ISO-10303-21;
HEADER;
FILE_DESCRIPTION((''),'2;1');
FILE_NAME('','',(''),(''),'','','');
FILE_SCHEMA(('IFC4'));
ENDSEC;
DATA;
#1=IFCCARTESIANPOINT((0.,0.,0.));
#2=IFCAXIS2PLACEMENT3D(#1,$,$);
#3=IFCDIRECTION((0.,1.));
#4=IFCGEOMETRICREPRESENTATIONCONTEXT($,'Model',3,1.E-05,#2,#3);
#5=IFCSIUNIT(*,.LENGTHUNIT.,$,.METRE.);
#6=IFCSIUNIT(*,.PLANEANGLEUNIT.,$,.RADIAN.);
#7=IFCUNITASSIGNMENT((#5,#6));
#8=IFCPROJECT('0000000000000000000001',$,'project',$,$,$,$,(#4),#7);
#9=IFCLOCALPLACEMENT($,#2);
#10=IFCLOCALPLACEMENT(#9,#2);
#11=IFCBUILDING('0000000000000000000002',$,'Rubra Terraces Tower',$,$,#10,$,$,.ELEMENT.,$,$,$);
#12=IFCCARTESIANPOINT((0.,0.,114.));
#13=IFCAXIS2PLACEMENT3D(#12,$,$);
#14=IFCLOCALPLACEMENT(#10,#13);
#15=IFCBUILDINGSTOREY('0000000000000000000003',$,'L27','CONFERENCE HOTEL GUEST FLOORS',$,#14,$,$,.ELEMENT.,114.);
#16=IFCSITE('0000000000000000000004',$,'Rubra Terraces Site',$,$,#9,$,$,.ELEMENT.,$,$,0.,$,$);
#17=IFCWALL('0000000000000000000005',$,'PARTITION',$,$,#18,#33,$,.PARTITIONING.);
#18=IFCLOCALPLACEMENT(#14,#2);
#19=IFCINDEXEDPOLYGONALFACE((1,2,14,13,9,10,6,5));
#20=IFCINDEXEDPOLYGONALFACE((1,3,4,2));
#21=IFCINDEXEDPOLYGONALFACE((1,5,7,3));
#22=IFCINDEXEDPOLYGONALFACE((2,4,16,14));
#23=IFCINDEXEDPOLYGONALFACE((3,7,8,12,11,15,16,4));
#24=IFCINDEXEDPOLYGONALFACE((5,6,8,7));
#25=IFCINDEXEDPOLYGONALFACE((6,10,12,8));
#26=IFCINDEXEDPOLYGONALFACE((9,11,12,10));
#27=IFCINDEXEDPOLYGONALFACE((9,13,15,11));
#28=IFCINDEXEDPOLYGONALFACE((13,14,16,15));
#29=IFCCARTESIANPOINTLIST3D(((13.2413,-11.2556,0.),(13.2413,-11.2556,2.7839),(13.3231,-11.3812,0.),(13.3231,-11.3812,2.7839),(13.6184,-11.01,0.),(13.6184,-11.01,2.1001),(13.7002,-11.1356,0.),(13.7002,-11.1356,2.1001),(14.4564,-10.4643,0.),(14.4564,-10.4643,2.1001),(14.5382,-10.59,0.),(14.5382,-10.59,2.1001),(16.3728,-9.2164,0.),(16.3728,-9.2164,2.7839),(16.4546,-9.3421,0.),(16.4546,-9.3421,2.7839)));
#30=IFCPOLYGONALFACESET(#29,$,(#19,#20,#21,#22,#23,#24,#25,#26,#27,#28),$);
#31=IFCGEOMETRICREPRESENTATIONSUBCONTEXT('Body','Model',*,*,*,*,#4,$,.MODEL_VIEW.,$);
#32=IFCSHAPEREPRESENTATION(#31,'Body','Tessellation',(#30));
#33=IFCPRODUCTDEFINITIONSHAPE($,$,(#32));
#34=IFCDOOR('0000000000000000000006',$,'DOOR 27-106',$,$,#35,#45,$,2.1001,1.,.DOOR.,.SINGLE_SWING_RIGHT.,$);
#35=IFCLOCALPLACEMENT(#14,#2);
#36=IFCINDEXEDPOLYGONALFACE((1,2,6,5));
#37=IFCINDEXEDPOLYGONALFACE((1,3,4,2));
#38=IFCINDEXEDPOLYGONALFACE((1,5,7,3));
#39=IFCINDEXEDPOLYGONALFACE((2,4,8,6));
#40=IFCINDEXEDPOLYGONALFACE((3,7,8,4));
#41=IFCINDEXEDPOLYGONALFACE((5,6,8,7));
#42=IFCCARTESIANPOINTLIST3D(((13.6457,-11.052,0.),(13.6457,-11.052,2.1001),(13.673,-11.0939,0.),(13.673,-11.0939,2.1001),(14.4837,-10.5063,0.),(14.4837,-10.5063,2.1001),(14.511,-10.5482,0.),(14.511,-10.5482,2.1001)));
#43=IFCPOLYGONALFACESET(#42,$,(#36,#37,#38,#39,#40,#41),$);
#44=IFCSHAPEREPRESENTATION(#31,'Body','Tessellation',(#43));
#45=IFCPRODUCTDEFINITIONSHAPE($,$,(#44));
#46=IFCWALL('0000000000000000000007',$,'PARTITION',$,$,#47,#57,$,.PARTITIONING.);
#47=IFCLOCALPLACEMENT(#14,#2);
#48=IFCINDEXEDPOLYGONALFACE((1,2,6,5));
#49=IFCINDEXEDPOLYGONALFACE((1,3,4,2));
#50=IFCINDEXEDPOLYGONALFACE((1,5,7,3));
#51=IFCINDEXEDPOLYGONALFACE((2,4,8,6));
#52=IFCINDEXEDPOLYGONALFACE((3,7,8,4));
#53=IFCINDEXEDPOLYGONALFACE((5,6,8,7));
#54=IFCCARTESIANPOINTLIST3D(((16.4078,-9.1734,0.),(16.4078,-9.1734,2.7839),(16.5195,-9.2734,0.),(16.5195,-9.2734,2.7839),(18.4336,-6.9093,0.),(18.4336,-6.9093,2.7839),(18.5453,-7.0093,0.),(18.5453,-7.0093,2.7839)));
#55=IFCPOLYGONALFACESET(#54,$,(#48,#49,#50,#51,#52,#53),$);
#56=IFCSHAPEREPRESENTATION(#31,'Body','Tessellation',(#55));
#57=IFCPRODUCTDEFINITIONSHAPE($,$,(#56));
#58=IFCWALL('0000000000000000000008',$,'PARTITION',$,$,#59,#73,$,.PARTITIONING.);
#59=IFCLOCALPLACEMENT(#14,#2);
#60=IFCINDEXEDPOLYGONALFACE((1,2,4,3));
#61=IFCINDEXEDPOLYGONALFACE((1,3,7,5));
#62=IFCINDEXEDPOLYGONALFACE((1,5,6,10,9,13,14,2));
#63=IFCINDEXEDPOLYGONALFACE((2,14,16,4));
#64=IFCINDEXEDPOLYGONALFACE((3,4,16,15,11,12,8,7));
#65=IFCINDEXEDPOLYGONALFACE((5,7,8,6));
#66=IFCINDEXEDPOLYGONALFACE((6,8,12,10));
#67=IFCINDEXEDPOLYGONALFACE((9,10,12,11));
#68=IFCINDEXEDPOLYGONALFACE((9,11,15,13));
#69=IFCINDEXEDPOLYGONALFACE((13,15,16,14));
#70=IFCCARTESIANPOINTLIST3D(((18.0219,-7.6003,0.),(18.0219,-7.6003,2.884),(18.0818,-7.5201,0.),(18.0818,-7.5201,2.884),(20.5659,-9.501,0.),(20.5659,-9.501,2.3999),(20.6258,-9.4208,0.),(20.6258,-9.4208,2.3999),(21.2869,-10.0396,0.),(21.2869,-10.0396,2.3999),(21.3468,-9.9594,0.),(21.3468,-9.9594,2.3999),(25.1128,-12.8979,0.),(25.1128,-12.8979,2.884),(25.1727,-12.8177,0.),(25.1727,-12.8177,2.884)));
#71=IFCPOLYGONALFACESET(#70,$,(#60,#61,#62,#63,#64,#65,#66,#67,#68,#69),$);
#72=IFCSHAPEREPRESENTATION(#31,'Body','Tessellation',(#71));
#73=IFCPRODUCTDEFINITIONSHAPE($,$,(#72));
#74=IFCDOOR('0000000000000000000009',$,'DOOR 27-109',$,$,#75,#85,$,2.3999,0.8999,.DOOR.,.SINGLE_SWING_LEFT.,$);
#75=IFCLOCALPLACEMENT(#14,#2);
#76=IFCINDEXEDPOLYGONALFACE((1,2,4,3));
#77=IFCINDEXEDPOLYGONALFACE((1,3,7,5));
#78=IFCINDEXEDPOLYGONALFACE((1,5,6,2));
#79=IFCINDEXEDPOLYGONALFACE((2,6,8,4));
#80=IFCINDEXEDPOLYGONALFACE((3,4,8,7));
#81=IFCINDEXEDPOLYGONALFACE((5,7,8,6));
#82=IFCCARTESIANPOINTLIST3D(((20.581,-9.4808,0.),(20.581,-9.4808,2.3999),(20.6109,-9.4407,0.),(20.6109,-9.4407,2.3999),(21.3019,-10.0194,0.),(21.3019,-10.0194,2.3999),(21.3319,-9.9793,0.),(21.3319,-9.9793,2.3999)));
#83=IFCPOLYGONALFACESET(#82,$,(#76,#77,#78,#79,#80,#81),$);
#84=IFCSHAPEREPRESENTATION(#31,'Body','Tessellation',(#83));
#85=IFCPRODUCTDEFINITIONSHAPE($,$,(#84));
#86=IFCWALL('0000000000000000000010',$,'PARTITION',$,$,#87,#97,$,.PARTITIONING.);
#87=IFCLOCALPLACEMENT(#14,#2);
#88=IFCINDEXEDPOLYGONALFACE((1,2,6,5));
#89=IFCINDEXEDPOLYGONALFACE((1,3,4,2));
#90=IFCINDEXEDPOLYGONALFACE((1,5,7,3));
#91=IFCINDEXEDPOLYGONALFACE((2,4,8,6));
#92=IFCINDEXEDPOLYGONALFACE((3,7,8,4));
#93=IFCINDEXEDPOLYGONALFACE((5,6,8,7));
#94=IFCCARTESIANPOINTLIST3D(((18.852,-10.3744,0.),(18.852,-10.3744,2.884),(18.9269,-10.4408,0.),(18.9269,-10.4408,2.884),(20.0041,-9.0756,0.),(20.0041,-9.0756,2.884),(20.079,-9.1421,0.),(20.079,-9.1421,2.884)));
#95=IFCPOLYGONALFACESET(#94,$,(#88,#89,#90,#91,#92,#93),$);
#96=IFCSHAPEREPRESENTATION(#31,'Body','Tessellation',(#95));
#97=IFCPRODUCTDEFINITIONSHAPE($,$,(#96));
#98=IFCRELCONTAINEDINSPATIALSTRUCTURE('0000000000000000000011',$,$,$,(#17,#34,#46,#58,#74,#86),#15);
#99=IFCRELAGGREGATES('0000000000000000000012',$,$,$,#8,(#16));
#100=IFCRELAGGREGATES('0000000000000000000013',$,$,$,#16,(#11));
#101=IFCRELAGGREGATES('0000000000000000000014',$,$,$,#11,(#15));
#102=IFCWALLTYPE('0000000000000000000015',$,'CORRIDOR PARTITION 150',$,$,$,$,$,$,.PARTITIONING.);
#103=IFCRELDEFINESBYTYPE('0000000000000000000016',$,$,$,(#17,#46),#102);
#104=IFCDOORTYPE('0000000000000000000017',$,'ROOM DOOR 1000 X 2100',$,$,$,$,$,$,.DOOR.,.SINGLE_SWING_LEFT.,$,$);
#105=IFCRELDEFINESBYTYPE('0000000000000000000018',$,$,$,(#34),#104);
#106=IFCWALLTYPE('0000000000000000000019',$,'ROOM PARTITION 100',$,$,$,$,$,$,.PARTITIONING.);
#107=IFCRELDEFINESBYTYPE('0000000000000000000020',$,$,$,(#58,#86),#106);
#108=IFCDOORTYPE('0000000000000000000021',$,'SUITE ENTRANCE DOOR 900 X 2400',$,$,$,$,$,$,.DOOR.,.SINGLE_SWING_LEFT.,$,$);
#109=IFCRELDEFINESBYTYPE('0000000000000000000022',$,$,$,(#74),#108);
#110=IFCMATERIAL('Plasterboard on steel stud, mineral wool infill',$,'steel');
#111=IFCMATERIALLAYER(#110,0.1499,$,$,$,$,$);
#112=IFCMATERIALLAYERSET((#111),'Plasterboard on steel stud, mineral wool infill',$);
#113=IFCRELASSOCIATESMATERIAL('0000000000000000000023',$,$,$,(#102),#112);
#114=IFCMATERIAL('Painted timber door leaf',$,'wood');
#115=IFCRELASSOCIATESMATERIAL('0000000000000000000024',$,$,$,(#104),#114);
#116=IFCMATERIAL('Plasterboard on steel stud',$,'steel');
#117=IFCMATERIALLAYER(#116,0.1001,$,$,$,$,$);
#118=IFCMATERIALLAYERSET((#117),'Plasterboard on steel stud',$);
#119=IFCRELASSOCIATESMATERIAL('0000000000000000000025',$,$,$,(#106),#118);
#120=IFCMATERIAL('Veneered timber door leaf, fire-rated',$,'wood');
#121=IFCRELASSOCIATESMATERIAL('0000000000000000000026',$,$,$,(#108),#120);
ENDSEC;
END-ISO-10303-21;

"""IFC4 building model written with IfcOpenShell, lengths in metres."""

from ifc_helpers import new_model, si_unit, direction, frame, frame_2d, origin, place, context, subcontext, project, spatial, rectangle, extrude, material, layer, layer_set, type_object, element, fill, save


model = new_model("IFC4")

# Units and contexts
model_context = context("Model", 3, precision=1e-05, world=origin(), true_north=direction((0.0, 1.0)))
body_context = subcontext(model_context, "Body", "Model", "MODEL_VIEW")
ifc_project = project(units=[si_unit("LENGTHUNIT", "METRE"), si_unit("PLANEANGLEUNIT", "RADIAN")], contexts=[model_context])

# Site, building, storey
site_placement = place(None, origin())
site = spatial("IfcSite", under=ifc_project, at=site_placement, Name="Rubra Terraces Site", CompositionType="ELEMENT", RefElevation=0.0)
building_placement = place(site_placement, origin())
building = spatial("IfcBuilding", under=site, at=building_placement, Name="Rubra Terraces Tower", CompositionType="ELEMENT")
storey_placement = place(building_placement, frame((0.0, 0.0, 114.0)))
storey = spatial("IfcBuildingStorey", under=building, at=storey_placement, Name="L27", Description="CONFERENCE HOTEL GUEST FLOORS", CompositionType="ELEMENT", Elevation=114.0)

# Wall, opening, door
ifc_material_1 = material(Name="Plasterboard on steel stud, mineral wool infill", Category="steel")
ifc_layer_1 = layer(ifc_material_1, 0.1499)
ifc_layer_set_1 = layer_set([ifc_layer_1], Name="Plasterboard on steel stud, mineral wool infill")
wall_type_1 = type_object("IfcWallType", Name="CORRIDOR PARTITION 150", PredefinedType="PARTITIONING", material=ifc_layer_set_1)
wall_1_placement = place(storey_placement, frame((13.2822, -11.3184, 0.0), z_axis=(0.0, 0.0, 1.0), x_axis=(0.837993, 0.545682, 0.0)))
wall_1 = element("IfcWall", 1, at=wall_1_placement, inside=storey, type_object=wall_type_1, Name="PARTITION", PredefinedType="PARTITIONING", context=body_context, shape_type="SweptSolid", body=[
    extrude(rectangle(XDim=3.7368, YDim=0.1499, at=frame_2d((1.8684, 0.0))), origin(), (0.0, 0.0, 1.0), 2.7839),
])
opening_1_placement = place(wall_1_placement, frame((0.45, 0.0, 0.0)))
opening_1 = element("IfcOpeningElement", 2, at=opening_1_placement, cuts=wall_1, PredefinedType="OPENING", context=body_context, shape_type="SweptSolid", body=[
    extrude(rectangle(XDim=1.0, YDim=2.1001, at=frame_2d((0.5, 1.05))), frame((0.0, 0.085, 0.0), z_axis=(0.0, -1.0, 0.0), x_axis=(1.0, 0.0, 0.0)), (0.0, 0.0, 1.0), 0.1699),
])
ifc_material_2 = material(Name="Painted timber door leaf", Category="wood")
door_type_1 = type_object("IfcDoorType", Name="ROOM DOOR 1000 X 2100", OperationType="SINGLE_SWING_LEFT", PredefinedType="DOOR", material=ifc_material_2)
door_1_placement = place(opening_1_placement, origin())
door_1 = element("IfcDoor", 3, at=door_1_placement, inside=storey, type_object=door_type_1, Name="DOOR 27-106", OperationType="SINGLE_SWING_RIGHT", OverallHeight=2.1001, OverallWidth=1.0, PredefinedType="DOOR", context=body_context, shape_type="SweptSolid", body=[
    extrude(rectangle(XDim=1.0, YDim=2.1001, at=frame_2d((0.5, 1.05))), frame((0.0, 0.0249, 0.0), z_axis=(0.0, -1.0, 0.0), x_axis=(1.0, 0.0, 0.0)), (0.0, 0.0, 1.0), 0.05),
])
fill(opening_1, door_1)

# Wall
wall_2_placement = place(storey_placement, frame((16.4636, -9.2234, 0.0), z_axis=(0.0, 0.0, 1.0), x_axis=(0.666804, 0.745233, 0.0)))
element("IfcWall", 4, at=wall_2_placement, inside=storey, type_object=wall_type_1, Name="PARTITION", PredefinedType="PARTITIONING", context=body_context, shape_type="SweptSolid", body=[
    extrude(rectangle(XDim=3.0381, YDim=0.1499, at=frame_2d((1.519, 0.0))), origin(), (0.0, 0.0, 1.0), 2.7839),
])

# Wall, opening, door
ifc_material_3 = material(Name="Plasterboard on steel stud", Category="steel")
ifc_layer_2 = layer(ifc_material_3, 0.1001)
ifc_layer_set_2 = layer_set([ifc_layer_2], Name="Plasterboard on steel stud")
wall_type_2 = type_object("IfcWallType", Name="ROOM PARTITION 100", PredefinedType="PARTITIONING", material=ifc_layer_set_2)
wall_3_placement = place(storey_placement, frame((25.1428, -12.8579, 0.0), z_axis=(0.0, 0.0, 1.0), x_axis=(-0.801111, 0.598516, 0.0)))
wall_3 = element("IfcWall", 5, at=wall_3_placement, inside=storey, type_object=wall_type_2, Name="PARTITION", PredefinedType="PARTITIONING", context=body_context, shape_type="SweptSolid", body=[
    extrude(rectangle(XDim=8.8513, YDim=0.1001, at=frame_2d((4.4258, 0.0))), origin(), (0.0, 0.0, 1.0), 2.884),
])
opening_2_placement = place(wall_3_placement, frame((4.7759, 0.0, 0.0)))
opening_2 = element("IfcOpeningElement", 6, at=opening_2_placement, cuts=wall_3, PredefinedType="OPENING", context=body_context, shape_type="SweptSolid", body=[
    extrude(rectangle(XDim=0.8999, YDim=2.3999, at=frame_2d((0.45, 1.2))), frame((0.0, 0.0601, 0.0), z_axis=(0.0, -1.0, 0.0), x_axis=(1.0, 0.0, 0.0)), (0.0, 0.0, 1.0), 0.1201),
])
ifc_material_4 = material(Name="Veneered timber door leaf, fire-rated", Category="wood")
door_type_2 = type_object("IfcDoorType", Name="SUITE ENTRANCE DOOR 900 X 2400", OperationType="SINGLE_SWING_LEFT", PredefinedType="DOOR", material=ifc_material_4)
door_2_placement = place(opening_2_placement, origin())
door_2 = element("IfcDoor", 7, at=door_2_placement, inside=storey, type_object=door_type_2, Name="DOOR 27-109", OperationType="SINGLE_SWING_LEFT", OverallHeight=2.3999, OverallWidth=0.8999, PredefinedType="DOOR", context=body_context, shape_type="SweptSolid", body=[
    extrude(rectangle(XDim=0.8999, YDim=2.3999, at=frame_2d((0.45, 1.2))), frame((0.0, 0.0249, 0.0), z_axis=(0.0, -1.0, 0.0), x_axis=(1.0, 0.0, 0.0)), (0.0, 0.0, 1.0), 0.05),
])
fill(opening_2, door_2)

# Wall
wall_4_placement = place(storey_placement, frame((18.8894, -10.4077, 0.0), z_axis=(0.0, 0.0, 1.0), x_axis=(0.663587, 0.748099, 0.0)))
element("IfcWall", 8, at=wall_4_placement, inside=storey, type_object=wall_type_2, Name="PARTITION", PredefinedType="PARTITIONING", context=body_context, shape_type="SweptSolid", body=[
    extrude(rectangle(XDim=1.7361, YDim=0.1001, at=frame_2d((0.8682, 0.0))), origin(), (0.0, 0.0, 1.0), 2.884),
])

save(model, "model.ifc")
